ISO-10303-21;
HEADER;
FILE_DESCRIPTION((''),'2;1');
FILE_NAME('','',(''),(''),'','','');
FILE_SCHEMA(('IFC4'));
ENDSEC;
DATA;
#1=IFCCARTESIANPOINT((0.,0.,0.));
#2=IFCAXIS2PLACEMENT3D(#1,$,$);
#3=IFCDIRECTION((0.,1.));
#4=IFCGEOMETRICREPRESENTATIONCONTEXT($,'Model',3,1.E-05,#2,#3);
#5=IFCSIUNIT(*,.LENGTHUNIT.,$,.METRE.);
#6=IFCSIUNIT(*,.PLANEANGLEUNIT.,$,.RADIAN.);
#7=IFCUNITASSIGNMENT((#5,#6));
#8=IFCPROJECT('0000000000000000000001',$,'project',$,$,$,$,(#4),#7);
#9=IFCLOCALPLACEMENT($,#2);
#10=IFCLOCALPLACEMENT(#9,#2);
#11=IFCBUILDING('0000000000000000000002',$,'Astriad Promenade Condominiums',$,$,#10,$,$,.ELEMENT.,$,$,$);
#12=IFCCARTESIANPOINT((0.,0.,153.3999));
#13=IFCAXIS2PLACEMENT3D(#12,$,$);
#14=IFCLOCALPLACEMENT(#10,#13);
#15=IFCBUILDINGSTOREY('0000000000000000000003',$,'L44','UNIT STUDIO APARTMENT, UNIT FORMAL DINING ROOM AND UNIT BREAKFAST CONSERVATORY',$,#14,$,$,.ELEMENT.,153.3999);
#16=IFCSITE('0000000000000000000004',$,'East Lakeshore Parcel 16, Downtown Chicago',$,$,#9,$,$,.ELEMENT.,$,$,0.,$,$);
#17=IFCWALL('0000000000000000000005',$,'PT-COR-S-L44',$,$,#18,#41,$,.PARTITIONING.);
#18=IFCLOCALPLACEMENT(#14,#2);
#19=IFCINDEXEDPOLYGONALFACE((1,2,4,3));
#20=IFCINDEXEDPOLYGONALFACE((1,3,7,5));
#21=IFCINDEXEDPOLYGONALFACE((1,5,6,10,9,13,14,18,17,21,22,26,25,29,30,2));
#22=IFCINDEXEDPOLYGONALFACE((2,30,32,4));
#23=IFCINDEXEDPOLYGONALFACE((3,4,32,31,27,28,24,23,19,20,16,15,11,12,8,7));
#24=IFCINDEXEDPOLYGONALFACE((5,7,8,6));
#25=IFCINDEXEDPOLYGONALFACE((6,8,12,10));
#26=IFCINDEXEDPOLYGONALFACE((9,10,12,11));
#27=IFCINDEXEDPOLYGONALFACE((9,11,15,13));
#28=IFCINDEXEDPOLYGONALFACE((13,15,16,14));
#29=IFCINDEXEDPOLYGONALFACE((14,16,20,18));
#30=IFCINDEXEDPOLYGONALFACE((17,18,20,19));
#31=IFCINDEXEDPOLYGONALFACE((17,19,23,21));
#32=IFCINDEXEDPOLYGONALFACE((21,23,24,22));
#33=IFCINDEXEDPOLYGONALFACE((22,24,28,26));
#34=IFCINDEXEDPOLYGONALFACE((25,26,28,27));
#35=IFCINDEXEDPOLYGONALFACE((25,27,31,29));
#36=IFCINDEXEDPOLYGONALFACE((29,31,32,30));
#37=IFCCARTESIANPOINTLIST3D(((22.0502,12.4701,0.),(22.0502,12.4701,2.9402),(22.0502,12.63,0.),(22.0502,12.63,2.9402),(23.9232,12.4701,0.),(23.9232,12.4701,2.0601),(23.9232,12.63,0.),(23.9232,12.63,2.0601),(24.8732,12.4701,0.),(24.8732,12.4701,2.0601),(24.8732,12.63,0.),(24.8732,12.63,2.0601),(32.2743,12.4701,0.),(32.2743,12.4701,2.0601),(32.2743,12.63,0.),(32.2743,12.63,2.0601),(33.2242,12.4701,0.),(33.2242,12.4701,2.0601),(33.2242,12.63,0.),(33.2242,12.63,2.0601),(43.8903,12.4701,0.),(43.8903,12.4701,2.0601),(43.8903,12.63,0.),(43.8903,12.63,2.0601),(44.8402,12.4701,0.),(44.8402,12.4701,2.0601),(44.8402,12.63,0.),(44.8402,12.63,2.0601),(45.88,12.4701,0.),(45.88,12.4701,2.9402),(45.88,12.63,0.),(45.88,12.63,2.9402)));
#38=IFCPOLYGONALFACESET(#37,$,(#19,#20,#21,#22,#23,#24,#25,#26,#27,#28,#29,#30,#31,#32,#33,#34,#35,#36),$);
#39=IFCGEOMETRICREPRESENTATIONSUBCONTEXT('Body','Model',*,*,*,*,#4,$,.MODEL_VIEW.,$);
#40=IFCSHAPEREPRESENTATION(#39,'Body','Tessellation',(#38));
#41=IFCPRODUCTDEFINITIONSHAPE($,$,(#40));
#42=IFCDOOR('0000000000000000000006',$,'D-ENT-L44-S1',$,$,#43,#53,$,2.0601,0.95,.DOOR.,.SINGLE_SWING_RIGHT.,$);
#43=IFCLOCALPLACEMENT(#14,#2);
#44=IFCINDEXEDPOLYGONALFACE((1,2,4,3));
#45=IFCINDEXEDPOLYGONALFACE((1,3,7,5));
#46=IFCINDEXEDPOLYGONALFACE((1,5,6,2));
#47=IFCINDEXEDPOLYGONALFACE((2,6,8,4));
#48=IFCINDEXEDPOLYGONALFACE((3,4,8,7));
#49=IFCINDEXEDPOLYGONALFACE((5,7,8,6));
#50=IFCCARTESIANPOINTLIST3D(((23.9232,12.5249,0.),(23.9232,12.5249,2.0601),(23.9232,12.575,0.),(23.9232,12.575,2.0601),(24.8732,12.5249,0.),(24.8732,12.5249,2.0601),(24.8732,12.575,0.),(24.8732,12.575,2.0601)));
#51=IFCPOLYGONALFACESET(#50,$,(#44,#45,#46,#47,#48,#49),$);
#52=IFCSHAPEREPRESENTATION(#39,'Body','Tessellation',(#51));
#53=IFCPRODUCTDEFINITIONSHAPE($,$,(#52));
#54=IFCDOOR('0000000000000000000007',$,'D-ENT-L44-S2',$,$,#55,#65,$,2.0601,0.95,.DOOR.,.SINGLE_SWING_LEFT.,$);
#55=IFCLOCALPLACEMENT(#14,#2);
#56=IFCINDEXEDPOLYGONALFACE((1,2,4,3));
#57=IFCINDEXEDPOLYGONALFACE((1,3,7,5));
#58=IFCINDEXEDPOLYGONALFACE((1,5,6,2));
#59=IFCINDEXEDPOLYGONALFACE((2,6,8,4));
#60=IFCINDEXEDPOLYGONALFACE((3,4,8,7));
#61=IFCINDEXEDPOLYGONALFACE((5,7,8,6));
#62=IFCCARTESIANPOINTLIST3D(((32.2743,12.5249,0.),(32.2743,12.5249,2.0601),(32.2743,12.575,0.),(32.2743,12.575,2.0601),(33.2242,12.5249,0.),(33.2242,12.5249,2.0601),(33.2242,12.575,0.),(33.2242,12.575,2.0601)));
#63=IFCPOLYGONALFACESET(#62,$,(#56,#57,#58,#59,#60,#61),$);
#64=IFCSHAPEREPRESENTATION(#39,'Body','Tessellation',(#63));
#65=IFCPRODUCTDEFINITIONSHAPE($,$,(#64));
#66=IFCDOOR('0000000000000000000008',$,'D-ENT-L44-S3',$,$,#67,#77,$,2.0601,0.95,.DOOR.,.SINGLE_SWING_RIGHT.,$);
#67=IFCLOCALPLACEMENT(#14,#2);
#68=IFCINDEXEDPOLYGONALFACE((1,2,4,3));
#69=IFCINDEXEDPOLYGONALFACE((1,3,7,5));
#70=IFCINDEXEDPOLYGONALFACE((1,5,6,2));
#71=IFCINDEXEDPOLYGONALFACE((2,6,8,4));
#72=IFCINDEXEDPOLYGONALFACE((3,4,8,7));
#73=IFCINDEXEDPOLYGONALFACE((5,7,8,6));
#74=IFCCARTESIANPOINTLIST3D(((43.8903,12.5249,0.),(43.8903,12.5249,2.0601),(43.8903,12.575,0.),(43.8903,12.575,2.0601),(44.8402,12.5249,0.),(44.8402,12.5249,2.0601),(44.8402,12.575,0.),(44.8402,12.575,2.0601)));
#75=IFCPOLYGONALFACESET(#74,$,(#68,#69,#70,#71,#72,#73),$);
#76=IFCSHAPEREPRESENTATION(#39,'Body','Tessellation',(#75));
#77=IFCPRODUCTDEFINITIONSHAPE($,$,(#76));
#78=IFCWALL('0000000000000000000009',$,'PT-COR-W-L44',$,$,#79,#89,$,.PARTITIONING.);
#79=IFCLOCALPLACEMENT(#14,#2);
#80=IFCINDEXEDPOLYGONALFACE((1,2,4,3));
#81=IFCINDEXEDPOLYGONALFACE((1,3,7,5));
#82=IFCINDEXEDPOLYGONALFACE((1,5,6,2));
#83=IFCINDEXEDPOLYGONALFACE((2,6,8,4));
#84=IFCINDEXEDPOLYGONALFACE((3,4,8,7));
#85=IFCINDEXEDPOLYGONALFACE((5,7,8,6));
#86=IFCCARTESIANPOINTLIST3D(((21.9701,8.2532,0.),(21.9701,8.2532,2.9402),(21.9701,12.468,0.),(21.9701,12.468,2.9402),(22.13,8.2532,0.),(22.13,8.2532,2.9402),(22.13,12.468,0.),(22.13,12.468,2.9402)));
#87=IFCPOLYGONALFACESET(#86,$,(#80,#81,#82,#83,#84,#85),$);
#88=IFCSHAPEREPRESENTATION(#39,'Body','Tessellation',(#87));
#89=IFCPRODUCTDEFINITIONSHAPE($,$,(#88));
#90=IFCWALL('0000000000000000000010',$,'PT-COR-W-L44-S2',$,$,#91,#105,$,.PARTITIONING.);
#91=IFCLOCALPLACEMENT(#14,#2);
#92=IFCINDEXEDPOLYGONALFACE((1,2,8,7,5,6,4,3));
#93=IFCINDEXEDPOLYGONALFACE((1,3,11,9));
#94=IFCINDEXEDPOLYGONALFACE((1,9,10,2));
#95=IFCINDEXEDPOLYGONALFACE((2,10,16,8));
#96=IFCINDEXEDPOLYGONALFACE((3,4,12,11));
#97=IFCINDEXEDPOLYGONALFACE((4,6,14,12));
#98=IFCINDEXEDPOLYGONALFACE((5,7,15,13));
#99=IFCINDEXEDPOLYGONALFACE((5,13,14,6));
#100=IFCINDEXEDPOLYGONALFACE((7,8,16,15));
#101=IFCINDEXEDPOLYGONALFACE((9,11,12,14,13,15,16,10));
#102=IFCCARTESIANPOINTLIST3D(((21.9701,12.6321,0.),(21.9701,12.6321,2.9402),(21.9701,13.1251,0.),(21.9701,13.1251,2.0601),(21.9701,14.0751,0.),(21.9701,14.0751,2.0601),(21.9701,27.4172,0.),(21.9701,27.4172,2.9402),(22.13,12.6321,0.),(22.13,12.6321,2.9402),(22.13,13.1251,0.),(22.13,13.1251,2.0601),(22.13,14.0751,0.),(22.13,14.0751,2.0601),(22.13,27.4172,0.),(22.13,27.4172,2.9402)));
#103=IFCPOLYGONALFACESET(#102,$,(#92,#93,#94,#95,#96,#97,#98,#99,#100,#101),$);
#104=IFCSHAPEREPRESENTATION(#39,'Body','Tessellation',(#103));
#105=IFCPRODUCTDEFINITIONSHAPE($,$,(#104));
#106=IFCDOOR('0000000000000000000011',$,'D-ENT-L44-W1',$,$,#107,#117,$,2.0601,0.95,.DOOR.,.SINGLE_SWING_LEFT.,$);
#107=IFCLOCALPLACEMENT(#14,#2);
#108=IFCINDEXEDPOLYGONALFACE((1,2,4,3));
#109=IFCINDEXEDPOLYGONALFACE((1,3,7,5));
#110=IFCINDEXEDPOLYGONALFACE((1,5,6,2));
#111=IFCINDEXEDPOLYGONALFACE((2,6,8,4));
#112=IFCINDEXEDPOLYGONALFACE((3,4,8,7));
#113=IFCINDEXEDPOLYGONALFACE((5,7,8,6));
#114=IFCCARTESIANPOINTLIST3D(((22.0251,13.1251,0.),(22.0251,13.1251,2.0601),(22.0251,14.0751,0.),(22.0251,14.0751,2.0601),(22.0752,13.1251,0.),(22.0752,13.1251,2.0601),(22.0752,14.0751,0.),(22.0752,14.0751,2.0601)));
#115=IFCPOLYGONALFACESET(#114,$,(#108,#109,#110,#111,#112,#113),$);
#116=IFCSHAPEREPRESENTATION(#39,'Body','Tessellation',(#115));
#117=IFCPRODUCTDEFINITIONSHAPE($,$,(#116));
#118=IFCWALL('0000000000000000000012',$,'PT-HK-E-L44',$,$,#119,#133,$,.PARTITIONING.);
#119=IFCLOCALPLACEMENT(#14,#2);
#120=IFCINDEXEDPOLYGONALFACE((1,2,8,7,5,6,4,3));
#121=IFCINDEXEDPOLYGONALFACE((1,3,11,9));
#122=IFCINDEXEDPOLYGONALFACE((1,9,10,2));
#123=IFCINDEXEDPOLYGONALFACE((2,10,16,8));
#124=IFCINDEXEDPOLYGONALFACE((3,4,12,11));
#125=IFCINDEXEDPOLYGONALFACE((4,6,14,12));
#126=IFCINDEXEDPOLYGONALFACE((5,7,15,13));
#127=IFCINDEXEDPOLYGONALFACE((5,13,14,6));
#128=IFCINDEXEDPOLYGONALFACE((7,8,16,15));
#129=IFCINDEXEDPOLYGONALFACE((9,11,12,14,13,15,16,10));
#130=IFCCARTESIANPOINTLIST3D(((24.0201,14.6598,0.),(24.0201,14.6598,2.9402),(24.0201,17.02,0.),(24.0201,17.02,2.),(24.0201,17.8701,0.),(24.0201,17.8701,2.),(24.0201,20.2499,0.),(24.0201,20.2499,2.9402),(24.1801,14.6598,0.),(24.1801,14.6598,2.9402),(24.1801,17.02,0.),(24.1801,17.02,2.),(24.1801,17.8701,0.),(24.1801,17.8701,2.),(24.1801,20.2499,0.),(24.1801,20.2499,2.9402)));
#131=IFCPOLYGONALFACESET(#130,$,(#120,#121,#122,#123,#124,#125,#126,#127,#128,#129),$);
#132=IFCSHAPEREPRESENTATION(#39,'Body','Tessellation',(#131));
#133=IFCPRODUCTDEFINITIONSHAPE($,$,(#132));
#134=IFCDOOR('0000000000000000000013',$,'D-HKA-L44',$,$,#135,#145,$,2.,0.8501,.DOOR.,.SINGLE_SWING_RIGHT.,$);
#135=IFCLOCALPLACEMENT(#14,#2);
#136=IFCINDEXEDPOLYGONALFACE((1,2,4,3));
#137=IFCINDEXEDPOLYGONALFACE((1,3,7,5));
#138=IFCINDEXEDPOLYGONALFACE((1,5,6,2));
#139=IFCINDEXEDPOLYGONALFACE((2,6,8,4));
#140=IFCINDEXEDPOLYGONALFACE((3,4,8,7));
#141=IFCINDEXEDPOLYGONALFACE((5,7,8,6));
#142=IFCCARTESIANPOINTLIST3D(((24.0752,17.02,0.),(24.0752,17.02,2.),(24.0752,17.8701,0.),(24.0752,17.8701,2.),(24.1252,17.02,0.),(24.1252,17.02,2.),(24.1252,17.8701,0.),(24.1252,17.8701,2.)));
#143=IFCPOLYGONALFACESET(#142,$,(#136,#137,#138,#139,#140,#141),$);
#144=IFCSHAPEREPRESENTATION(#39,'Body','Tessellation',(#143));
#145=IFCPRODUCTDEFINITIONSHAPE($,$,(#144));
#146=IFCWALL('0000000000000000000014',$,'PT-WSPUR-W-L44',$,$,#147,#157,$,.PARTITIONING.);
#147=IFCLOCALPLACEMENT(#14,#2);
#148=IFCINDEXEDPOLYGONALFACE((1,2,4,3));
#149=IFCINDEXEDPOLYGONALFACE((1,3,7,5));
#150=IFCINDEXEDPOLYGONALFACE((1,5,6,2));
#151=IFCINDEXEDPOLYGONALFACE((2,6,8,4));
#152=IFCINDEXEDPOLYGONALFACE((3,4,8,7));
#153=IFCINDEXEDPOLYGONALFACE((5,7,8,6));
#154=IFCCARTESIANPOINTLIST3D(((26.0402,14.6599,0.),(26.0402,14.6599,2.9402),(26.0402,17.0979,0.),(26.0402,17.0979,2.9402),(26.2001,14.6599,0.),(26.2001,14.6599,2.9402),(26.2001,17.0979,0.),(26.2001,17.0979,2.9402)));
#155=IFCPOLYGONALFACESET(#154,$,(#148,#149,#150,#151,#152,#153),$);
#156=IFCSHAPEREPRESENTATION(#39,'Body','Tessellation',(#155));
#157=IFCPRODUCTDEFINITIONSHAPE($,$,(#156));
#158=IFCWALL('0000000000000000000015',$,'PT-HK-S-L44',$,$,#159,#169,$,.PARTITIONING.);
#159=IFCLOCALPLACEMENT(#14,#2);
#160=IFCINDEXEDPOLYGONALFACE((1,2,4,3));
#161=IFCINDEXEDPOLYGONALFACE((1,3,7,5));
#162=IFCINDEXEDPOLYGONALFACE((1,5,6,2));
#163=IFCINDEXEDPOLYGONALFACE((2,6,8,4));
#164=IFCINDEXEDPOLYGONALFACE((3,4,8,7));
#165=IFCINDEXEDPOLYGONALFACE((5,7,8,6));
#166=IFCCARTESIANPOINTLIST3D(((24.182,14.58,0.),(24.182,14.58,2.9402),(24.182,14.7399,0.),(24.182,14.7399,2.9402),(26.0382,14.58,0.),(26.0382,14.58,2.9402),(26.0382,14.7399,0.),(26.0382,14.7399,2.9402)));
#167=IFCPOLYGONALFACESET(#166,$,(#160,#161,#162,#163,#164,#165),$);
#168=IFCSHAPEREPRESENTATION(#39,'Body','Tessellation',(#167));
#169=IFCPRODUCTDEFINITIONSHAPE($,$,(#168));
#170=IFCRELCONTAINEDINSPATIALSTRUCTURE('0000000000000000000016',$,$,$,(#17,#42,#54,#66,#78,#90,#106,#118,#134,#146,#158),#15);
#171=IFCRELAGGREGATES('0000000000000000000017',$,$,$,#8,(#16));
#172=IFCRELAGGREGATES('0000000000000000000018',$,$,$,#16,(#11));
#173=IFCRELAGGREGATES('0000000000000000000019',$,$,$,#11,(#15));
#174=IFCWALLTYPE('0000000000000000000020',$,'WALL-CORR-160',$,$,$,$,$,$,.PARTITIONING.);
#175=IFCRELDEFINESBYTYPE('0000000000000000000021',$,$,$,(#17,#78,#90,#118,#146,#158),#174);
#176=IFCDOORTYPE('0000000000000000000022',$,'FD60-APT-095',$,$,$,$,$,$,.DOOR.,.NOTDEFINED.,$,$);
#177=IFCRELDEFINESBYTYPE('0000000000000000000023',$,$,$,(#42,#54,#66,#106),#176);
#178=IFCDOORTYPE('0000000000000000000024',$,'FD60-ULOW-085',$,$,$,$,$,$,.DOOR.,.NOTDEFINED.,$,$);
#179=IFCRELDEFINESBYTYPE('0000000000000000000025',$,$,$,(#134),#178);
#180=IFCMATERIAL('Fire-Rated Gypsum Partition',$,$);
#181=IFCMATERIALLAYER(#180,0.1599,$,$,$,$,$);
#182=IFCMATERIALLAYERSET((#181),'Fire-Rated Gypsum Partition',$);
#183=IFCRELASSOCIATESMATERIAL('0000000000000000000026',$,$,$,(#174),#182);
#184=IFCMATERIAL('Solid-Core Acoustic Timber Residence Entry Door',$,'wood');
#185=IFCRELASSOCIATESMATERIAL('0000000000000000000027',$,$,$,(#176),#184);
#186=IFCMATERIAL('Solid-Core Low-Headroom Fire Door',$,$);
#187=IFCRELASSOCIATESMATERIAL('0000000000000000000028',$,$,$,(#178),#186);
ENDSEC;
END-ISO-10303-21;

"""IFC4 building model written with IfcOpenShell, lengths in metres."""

from ifc_helpers import new_model, si_unit, direction, frame, frame_2d, origin, place, context, subcontext, project, spatial, rectangle, extrude, source, transform, mapped, material, layer, layer_set, type_object, type_shapes, element, fill, save


model = new_model("IFC4")

# Units and contexts
model_context = context("Model", 3, precision=1e-05, world=origin(), true_north=direction((0.0, 1.0)))
body_context = subcontext(model_context, "Body", "Model", "MODEL_VIEW")
ifc_project = project(units=[si_unit("LENGTHUNIT", "METRE"), si_unit("PLANEANGLEUNIT", "RADIAN")], contexts=[model_context])

# Site, building, storey
site_placement = place(None, origin())
site = spatial("IfcSite", under=ifc_project, at=site_placement, Name="East Lakeshore Parcel 16, Downtown Chicago", CompositionType="ELEMENT", RefElevation=0.0)
building_placement = place(site_placement, origin())
building = spatial("IfcBuilding", under=site, at=building_placement, Name="Astriad Promenade Condominiums", CompositionType="ELEMENT")
storey_placement = place(building_placement, frame((0.0, 0.0, 153.3999)))
storey = spatial("IfcBuildingStorey", under=building, at=storey_placement, Name="L44", Description="UNIT STUDIO APARTMENT, UNIT FORMAL DINING ROOM AND UNIT BREAKFAST CONSERVATORY", CompositionType="ELEMENT", Elevation=153.3999)

# Wall, openings, doors
ifc_material_1 = material(Name="Fire-Rated Gypsum Partition")
ifc_layer_1 = layer(ifc_material_1, 0.1599)
ifc_layer_set_1 = layer_set([ifc_layer_1], Name="Fire-Rated Gypsum Partition")
wall_type_1 = type_object("IfcWallType", Name="WALL-CORR-160", PredefinedType="PARTITIONING", material=ifc_layer_set_1)
wall_1_placement = place(storey_placement, frame((22.05, 12.55, 0.0), z_axis=(0.0, 0.0, 1.0), x_axis=(1.0, 0.0, 0.0)))
wall_1 = element("IfcWall", 1, at=wall_1_placement, inside=storey, type_object=wall_type_1, Name="PT-COR-S-L44", PredefinedType="PARTITIONING", context=body_context, shape_type="SweptSolid", body=[
    extrude(rectangle(XDim=23.8298, YDim=0.1599, at=frame_2d((11.915, 0.0))), origin(), (0.0, 0.0, 1.0), 2.9402),
])
opening_1_placement = place(wall_1_placement, frame((1.873, 0.0, 0.0)))
opening_1 = element("IfcOpeningElement", 2, at=opening_1_placement, cuts=wall_1, PredefinedType="OPENING", context=body_context, shape_type="SweptSolid", body=[
    extrude(rectangle(XDim=0.95, YDim=2.0601, at=frame_2d((0.4751, 1.03))), frame((0.0, 0.0898, 0.0), z_axis=(0.0, -1.0, 0.0), x_axis=(1.0, 0.0, 0.0)), (0.0, 0.0, 1.0), 0.1799),
])
opening_2_placement = place(wall_1_placement, frame((10.2241, 0.0, 0.0)))
opening_2 = element("IfcOpeningElement", 3, at=opening_2_placement, cuts=wall_1, PredefinedType="OPENING", context=body_context, shape_type="SweptSolid", body=[
    extrude(rectangle(XDim=0.95, YDim=2.0601, at=frame_2d((0.4751, 1.03))), frame((0.0, 0.0898, 0.0), z_axis=(0.0, -1.0, 0.0), x_axis=(1.0, 0.0, 0.0)), (0.0, 0.0, 1.0), 0.1799),
])
opening_3_placement = place(wall_1_placement, frame((21.8401, 0.0, 0.0)))
opening_3 = element("IfcOpeningElement", 4, at=opening_3_placement, cuts=wall_1, PredefinedType="OPENING", context=body_context, shape_type="SweptSolid", body=[
    extrude(rectangle(XDim=0.95, YDim=2.0601, at=frame_2d((0.4751, 1.03))), frame((0.0, 0.0898, 0.0), z_axis=(0.0, -1.0, 0.0), x_axis=(1.0, 0.0, 0.0)), (0.0, 0.0, 1.0), 0.1799),
])
ifc_material_2 = material(Name="Solid-Core Acoustic Timber Residence Entry Door", Category="wood")
door_type_1 = type_object("IfcDoorType", Name="FD60-APT-095", OperationType="NOTDEFINED", PredefinedType="DOOR", material=ifc_material_2)
shared_shape_1 = source(origin(), body_context, "Body", "SweptSolid", [
    extrude(rectangle(XDim=0.95, YDim=2.0601, at=frame_2d((0.4751, 1.03))), frame((0.0, 0.0249, 0.0), z_axis=(0.0, -1.0, 0.0), x_axis=(1.0, 0.0, 0.0)), (0.0, 0.0, 1.0), 0.05),
])
type_shapes(door_type_1, [shared_shape_1])
door_1_placement = place(opening_1_placement, origin())
door_1 = element("IfcDoor", 5, at=door_1_placement, inside=storey, type_object=door_type_1, Name="D-ENT-L44-S1", OperationType="SINGLE_SWING_RIGHT", OverallHeight=2.0601, OverallWidth=0.95, PredefinedType="DOOR", context=body_context, shape_type="MappedRepresentation", body=[
    mapped(shared_shape_1, transform((0.0, 0.0, 0.0), scale=1.0)),
])
fill(opening_1, door_1)
door_2_placement = place(opening_2_placement, origin())
door_2 = element("IfcDoor", 6, at=door_2_placement, inside=storey, type_object=door_type_1, Name="D-ENT-L44-S2", OperationType="SINGLE_SWING_LEFT", OverallHeight=2.0601, OverallWidth=0.95, PredefinedType="DOOR", context=body_context, shape_type="MappedRepresentation", body=[
    mapped(shared_shape_1, transform((0.0, 0.0, 0.0), scale=1.0)),
])
fill(opening_2, door_2)
door_3_placement = place(opening_3_placement, origin())
door_3 = element("IfcDoor", 7, at=door_3_placement, inside=storey, type_object=door_type_1, Name="D-ENT-L44-S3", OperationType="SINGLE_SWING_RIGHT", OverallHeight=2.0601, OverallWidth=0.95, PredefinedType="DOOR", context=body_context, shape_type="MappedRepresentation", body=[
    mapped(shared_shape_1, transform((0.0, 0.0, 0.0), scale=1.0)),
])
fill(opening_3, door_3)

# Wall
wall_2_placement = place(storey_placement, frame((22.05, 8.2532, 0.0), z_axis=(0.0, 0.0, 1.0), x_axis=(0.0, 1.0, 0.0)))
element("IfcWall", 8, at=wall_2_placement, inside=storey, type_object=wall_type_1, Name="PT-COR-W-L44", PredefinedType="PARTITIONING", context=body_context, shape_type="SweptSolid", body=[
    extrude(rectangle(XDim=4.2148, YDim=0.1599, at=frame_2d((2.1074, 0.0))), origin(), (0.0, 0.0, 1.0), 2.9402),
])

# Walls, openings, doors
wall_3_placement = place(storey_placement, frame((22.05, 12.6321, 0.0), z_axis=(0.0, 0.0, 1.0), x_axis=(0.0, 1.0, 0.0)))
wall_3 = element("IfcWall", 9, at=wall_3_placement, inside=storey, type_object=wall_type_1, Name="PT-COR-W-L44-S2", PredefinedType="PARTITIONING", context=body_context, shape_type="SweptSolid", body=[
    extrude(rectangle(XDim=14.7852, YDim=0.1599, at=frame_2d((7.3926, 0.0))), origin(), (0.0, 0.0, 1.0), 2.9402),
])
opening_4_placement = place(wall_3_placement, frame((0.4929, 0.0, 0.0)))
opening_4 = element("IfcOpeningElement", 10, at=opening_4_placement, cuts=wall_3, PredefinedType="OPENING", context=body_context, shape_type="SweptSolid", body=[
    extrude(rectangle(XDim=0.95, YDim=2.0601, at=frame_2d((0.4751, 1.03))), frame((0.0, 0.0898, 0.0), z_axis=(0.0, -1.0, 0.0), x_axis=(1.0, 0.0, 0.0)), (0.0, 0.0, 1.0), 0.1799),
])
door_4_placement = place(opening_4_placement, origin())
door_4 = element("IfcDoor", 11, at=door_4_placement, inside=storey, type_object=door_type_1, Name="D-ENT-L44-W1", OperationType="SINGLE_SWING_LEFT", OverallHeight=2.0601, OverallWidth=0.95, PredefinedType="DOOR", context=body_context, shape_type="MappedRepresentation", body=[
    mapped(shared_shape_1, transform((0.0, 0.0, 0.0), scale=1.0)),
])
fill(opening_4, door_4)
wall_4_placement = place(storey_placement, frame((24.1001, 14.6599, 0.0), z_axis=(0.0, 0.0, 1.0), x_axis=(0.0, 1.0, 0.0)))
wall_4 = element("IfcWall", 12, at=wall_4_placement, inside=storey, type_object=wall_type_1, Name="PT-HK-E-L44", PredefinedType="PARTITIONING", context=body_context, shape_type="SweptSolid", body=[
    extrude(rectangle(XDim=5.5901, YDim=0.1599, at=frame_2d((2.7949, 0.0))), origin(), (0.0, 0.0, 1.0), 2.9402),
])
opening_5_placement = place(wall_4_placement, frame((2.3601, 0.0, 0.0)))
opening_5 = element("IfcOpeningElement", 13, at=opening_5_placement, cuts=wall_4, PredefinedType="OPENING", context=body_context, shape_type="SweptSolid", body=[
    extrude(rectangle(XDim=0.8501, YDim=2.0, at=frame_2d((0.425, 1.0))), frame((0.0, 0.0898, 0.0), z_axis=(0.0, -1.0, 0.0), x_axis=(1.0, 0.0, 0.0)), (0.0, 0.0, 1.0), 0.1799),
])
ifc_material_3 = material(Name="Solid-Core Low-Headroom Fire Door")
door_type_2 = type_object("IfcDoorType", Name="FD60-ULOW-085", OperationType="NOTDEFINED", PredefinedType="DOOR", material=ifc_material_3)
shared_shape_2 = source(origin(), body_context, "Body", "SweptSolid", [
    extrude(rectangle(XDim=0.8501, YDim=2.0, at=frame_2d((0.425, 1.0))), frame((0.0, 0.0249, 0.0), z_axis=(0.0, -1.0, 0.0), x_axis=(1.0, 0.0, 0.0)), (0.0, 0.0, 1.0), 0.05),
])
type_shapes(door_type_2, [shared_shape_2])
door_5_placement = place(opening_5_placement, origin())
door_5 = element("IfcDoor", 14, at=door_5_placement, inside=storey, type_object=door_type_2, Name="D-HKA-L44", OperationType="SINGLE_SWING_RIGHT", OverallHeight=2.0, OverallWidth=0.8501, PredefinedType="DOOR", context=body_context, shape_type="MappedRepresentation", body=[
    mapped(shared_shape_2, transform((0.0, 0.0, 0.0), scale=1.0)),
])
fill(opening_5, door_5)

# Walls
wall_5_placement = place(storey_placement, frame((26.1201, 14.6599, 0.0), z_axis=(0.0, 0.0, 1.0), x_axis=(0.0, 1.0, 0.0)))
element("IfcWall", 15, at=wall_5_placement, inside=storey, type_object=wall_type_1, Name="PT-WSPUR-W-L44", PredefinedType="PARTITIONING", context=body_context, shape_type="SweptSolid", body=[
    extrude(rectangle(XDim=2.438, YDim=0.1599, at=frame_2d((1.219, 0.0))), origin(), (0.0, 0.0, 1.0), 2.9402),
])
wall_6_placement = place(storey_placement, frame((24.1819, 14.6599, 0.0), z_axis=(0.0, 0.0, 1.0), x_axis=(1.0, 0.0, 0.0)))
element("IfcWall", 16, at=wall_6_placement, inside=storey, type_object=wall_type_1, Name="PT-HK-S-L44", PredefinedType="PARTITIONING", context=body_context, shape_type="SweptSolid", body=[
    extrude(rectangle(XDim=1.8562, YDim=0.1599, at=frame_2d((0.9282, 0.0))), origin(), (0.0, 0.0, 1.0), 2.9402),
])

save(model, "model.ifc")
